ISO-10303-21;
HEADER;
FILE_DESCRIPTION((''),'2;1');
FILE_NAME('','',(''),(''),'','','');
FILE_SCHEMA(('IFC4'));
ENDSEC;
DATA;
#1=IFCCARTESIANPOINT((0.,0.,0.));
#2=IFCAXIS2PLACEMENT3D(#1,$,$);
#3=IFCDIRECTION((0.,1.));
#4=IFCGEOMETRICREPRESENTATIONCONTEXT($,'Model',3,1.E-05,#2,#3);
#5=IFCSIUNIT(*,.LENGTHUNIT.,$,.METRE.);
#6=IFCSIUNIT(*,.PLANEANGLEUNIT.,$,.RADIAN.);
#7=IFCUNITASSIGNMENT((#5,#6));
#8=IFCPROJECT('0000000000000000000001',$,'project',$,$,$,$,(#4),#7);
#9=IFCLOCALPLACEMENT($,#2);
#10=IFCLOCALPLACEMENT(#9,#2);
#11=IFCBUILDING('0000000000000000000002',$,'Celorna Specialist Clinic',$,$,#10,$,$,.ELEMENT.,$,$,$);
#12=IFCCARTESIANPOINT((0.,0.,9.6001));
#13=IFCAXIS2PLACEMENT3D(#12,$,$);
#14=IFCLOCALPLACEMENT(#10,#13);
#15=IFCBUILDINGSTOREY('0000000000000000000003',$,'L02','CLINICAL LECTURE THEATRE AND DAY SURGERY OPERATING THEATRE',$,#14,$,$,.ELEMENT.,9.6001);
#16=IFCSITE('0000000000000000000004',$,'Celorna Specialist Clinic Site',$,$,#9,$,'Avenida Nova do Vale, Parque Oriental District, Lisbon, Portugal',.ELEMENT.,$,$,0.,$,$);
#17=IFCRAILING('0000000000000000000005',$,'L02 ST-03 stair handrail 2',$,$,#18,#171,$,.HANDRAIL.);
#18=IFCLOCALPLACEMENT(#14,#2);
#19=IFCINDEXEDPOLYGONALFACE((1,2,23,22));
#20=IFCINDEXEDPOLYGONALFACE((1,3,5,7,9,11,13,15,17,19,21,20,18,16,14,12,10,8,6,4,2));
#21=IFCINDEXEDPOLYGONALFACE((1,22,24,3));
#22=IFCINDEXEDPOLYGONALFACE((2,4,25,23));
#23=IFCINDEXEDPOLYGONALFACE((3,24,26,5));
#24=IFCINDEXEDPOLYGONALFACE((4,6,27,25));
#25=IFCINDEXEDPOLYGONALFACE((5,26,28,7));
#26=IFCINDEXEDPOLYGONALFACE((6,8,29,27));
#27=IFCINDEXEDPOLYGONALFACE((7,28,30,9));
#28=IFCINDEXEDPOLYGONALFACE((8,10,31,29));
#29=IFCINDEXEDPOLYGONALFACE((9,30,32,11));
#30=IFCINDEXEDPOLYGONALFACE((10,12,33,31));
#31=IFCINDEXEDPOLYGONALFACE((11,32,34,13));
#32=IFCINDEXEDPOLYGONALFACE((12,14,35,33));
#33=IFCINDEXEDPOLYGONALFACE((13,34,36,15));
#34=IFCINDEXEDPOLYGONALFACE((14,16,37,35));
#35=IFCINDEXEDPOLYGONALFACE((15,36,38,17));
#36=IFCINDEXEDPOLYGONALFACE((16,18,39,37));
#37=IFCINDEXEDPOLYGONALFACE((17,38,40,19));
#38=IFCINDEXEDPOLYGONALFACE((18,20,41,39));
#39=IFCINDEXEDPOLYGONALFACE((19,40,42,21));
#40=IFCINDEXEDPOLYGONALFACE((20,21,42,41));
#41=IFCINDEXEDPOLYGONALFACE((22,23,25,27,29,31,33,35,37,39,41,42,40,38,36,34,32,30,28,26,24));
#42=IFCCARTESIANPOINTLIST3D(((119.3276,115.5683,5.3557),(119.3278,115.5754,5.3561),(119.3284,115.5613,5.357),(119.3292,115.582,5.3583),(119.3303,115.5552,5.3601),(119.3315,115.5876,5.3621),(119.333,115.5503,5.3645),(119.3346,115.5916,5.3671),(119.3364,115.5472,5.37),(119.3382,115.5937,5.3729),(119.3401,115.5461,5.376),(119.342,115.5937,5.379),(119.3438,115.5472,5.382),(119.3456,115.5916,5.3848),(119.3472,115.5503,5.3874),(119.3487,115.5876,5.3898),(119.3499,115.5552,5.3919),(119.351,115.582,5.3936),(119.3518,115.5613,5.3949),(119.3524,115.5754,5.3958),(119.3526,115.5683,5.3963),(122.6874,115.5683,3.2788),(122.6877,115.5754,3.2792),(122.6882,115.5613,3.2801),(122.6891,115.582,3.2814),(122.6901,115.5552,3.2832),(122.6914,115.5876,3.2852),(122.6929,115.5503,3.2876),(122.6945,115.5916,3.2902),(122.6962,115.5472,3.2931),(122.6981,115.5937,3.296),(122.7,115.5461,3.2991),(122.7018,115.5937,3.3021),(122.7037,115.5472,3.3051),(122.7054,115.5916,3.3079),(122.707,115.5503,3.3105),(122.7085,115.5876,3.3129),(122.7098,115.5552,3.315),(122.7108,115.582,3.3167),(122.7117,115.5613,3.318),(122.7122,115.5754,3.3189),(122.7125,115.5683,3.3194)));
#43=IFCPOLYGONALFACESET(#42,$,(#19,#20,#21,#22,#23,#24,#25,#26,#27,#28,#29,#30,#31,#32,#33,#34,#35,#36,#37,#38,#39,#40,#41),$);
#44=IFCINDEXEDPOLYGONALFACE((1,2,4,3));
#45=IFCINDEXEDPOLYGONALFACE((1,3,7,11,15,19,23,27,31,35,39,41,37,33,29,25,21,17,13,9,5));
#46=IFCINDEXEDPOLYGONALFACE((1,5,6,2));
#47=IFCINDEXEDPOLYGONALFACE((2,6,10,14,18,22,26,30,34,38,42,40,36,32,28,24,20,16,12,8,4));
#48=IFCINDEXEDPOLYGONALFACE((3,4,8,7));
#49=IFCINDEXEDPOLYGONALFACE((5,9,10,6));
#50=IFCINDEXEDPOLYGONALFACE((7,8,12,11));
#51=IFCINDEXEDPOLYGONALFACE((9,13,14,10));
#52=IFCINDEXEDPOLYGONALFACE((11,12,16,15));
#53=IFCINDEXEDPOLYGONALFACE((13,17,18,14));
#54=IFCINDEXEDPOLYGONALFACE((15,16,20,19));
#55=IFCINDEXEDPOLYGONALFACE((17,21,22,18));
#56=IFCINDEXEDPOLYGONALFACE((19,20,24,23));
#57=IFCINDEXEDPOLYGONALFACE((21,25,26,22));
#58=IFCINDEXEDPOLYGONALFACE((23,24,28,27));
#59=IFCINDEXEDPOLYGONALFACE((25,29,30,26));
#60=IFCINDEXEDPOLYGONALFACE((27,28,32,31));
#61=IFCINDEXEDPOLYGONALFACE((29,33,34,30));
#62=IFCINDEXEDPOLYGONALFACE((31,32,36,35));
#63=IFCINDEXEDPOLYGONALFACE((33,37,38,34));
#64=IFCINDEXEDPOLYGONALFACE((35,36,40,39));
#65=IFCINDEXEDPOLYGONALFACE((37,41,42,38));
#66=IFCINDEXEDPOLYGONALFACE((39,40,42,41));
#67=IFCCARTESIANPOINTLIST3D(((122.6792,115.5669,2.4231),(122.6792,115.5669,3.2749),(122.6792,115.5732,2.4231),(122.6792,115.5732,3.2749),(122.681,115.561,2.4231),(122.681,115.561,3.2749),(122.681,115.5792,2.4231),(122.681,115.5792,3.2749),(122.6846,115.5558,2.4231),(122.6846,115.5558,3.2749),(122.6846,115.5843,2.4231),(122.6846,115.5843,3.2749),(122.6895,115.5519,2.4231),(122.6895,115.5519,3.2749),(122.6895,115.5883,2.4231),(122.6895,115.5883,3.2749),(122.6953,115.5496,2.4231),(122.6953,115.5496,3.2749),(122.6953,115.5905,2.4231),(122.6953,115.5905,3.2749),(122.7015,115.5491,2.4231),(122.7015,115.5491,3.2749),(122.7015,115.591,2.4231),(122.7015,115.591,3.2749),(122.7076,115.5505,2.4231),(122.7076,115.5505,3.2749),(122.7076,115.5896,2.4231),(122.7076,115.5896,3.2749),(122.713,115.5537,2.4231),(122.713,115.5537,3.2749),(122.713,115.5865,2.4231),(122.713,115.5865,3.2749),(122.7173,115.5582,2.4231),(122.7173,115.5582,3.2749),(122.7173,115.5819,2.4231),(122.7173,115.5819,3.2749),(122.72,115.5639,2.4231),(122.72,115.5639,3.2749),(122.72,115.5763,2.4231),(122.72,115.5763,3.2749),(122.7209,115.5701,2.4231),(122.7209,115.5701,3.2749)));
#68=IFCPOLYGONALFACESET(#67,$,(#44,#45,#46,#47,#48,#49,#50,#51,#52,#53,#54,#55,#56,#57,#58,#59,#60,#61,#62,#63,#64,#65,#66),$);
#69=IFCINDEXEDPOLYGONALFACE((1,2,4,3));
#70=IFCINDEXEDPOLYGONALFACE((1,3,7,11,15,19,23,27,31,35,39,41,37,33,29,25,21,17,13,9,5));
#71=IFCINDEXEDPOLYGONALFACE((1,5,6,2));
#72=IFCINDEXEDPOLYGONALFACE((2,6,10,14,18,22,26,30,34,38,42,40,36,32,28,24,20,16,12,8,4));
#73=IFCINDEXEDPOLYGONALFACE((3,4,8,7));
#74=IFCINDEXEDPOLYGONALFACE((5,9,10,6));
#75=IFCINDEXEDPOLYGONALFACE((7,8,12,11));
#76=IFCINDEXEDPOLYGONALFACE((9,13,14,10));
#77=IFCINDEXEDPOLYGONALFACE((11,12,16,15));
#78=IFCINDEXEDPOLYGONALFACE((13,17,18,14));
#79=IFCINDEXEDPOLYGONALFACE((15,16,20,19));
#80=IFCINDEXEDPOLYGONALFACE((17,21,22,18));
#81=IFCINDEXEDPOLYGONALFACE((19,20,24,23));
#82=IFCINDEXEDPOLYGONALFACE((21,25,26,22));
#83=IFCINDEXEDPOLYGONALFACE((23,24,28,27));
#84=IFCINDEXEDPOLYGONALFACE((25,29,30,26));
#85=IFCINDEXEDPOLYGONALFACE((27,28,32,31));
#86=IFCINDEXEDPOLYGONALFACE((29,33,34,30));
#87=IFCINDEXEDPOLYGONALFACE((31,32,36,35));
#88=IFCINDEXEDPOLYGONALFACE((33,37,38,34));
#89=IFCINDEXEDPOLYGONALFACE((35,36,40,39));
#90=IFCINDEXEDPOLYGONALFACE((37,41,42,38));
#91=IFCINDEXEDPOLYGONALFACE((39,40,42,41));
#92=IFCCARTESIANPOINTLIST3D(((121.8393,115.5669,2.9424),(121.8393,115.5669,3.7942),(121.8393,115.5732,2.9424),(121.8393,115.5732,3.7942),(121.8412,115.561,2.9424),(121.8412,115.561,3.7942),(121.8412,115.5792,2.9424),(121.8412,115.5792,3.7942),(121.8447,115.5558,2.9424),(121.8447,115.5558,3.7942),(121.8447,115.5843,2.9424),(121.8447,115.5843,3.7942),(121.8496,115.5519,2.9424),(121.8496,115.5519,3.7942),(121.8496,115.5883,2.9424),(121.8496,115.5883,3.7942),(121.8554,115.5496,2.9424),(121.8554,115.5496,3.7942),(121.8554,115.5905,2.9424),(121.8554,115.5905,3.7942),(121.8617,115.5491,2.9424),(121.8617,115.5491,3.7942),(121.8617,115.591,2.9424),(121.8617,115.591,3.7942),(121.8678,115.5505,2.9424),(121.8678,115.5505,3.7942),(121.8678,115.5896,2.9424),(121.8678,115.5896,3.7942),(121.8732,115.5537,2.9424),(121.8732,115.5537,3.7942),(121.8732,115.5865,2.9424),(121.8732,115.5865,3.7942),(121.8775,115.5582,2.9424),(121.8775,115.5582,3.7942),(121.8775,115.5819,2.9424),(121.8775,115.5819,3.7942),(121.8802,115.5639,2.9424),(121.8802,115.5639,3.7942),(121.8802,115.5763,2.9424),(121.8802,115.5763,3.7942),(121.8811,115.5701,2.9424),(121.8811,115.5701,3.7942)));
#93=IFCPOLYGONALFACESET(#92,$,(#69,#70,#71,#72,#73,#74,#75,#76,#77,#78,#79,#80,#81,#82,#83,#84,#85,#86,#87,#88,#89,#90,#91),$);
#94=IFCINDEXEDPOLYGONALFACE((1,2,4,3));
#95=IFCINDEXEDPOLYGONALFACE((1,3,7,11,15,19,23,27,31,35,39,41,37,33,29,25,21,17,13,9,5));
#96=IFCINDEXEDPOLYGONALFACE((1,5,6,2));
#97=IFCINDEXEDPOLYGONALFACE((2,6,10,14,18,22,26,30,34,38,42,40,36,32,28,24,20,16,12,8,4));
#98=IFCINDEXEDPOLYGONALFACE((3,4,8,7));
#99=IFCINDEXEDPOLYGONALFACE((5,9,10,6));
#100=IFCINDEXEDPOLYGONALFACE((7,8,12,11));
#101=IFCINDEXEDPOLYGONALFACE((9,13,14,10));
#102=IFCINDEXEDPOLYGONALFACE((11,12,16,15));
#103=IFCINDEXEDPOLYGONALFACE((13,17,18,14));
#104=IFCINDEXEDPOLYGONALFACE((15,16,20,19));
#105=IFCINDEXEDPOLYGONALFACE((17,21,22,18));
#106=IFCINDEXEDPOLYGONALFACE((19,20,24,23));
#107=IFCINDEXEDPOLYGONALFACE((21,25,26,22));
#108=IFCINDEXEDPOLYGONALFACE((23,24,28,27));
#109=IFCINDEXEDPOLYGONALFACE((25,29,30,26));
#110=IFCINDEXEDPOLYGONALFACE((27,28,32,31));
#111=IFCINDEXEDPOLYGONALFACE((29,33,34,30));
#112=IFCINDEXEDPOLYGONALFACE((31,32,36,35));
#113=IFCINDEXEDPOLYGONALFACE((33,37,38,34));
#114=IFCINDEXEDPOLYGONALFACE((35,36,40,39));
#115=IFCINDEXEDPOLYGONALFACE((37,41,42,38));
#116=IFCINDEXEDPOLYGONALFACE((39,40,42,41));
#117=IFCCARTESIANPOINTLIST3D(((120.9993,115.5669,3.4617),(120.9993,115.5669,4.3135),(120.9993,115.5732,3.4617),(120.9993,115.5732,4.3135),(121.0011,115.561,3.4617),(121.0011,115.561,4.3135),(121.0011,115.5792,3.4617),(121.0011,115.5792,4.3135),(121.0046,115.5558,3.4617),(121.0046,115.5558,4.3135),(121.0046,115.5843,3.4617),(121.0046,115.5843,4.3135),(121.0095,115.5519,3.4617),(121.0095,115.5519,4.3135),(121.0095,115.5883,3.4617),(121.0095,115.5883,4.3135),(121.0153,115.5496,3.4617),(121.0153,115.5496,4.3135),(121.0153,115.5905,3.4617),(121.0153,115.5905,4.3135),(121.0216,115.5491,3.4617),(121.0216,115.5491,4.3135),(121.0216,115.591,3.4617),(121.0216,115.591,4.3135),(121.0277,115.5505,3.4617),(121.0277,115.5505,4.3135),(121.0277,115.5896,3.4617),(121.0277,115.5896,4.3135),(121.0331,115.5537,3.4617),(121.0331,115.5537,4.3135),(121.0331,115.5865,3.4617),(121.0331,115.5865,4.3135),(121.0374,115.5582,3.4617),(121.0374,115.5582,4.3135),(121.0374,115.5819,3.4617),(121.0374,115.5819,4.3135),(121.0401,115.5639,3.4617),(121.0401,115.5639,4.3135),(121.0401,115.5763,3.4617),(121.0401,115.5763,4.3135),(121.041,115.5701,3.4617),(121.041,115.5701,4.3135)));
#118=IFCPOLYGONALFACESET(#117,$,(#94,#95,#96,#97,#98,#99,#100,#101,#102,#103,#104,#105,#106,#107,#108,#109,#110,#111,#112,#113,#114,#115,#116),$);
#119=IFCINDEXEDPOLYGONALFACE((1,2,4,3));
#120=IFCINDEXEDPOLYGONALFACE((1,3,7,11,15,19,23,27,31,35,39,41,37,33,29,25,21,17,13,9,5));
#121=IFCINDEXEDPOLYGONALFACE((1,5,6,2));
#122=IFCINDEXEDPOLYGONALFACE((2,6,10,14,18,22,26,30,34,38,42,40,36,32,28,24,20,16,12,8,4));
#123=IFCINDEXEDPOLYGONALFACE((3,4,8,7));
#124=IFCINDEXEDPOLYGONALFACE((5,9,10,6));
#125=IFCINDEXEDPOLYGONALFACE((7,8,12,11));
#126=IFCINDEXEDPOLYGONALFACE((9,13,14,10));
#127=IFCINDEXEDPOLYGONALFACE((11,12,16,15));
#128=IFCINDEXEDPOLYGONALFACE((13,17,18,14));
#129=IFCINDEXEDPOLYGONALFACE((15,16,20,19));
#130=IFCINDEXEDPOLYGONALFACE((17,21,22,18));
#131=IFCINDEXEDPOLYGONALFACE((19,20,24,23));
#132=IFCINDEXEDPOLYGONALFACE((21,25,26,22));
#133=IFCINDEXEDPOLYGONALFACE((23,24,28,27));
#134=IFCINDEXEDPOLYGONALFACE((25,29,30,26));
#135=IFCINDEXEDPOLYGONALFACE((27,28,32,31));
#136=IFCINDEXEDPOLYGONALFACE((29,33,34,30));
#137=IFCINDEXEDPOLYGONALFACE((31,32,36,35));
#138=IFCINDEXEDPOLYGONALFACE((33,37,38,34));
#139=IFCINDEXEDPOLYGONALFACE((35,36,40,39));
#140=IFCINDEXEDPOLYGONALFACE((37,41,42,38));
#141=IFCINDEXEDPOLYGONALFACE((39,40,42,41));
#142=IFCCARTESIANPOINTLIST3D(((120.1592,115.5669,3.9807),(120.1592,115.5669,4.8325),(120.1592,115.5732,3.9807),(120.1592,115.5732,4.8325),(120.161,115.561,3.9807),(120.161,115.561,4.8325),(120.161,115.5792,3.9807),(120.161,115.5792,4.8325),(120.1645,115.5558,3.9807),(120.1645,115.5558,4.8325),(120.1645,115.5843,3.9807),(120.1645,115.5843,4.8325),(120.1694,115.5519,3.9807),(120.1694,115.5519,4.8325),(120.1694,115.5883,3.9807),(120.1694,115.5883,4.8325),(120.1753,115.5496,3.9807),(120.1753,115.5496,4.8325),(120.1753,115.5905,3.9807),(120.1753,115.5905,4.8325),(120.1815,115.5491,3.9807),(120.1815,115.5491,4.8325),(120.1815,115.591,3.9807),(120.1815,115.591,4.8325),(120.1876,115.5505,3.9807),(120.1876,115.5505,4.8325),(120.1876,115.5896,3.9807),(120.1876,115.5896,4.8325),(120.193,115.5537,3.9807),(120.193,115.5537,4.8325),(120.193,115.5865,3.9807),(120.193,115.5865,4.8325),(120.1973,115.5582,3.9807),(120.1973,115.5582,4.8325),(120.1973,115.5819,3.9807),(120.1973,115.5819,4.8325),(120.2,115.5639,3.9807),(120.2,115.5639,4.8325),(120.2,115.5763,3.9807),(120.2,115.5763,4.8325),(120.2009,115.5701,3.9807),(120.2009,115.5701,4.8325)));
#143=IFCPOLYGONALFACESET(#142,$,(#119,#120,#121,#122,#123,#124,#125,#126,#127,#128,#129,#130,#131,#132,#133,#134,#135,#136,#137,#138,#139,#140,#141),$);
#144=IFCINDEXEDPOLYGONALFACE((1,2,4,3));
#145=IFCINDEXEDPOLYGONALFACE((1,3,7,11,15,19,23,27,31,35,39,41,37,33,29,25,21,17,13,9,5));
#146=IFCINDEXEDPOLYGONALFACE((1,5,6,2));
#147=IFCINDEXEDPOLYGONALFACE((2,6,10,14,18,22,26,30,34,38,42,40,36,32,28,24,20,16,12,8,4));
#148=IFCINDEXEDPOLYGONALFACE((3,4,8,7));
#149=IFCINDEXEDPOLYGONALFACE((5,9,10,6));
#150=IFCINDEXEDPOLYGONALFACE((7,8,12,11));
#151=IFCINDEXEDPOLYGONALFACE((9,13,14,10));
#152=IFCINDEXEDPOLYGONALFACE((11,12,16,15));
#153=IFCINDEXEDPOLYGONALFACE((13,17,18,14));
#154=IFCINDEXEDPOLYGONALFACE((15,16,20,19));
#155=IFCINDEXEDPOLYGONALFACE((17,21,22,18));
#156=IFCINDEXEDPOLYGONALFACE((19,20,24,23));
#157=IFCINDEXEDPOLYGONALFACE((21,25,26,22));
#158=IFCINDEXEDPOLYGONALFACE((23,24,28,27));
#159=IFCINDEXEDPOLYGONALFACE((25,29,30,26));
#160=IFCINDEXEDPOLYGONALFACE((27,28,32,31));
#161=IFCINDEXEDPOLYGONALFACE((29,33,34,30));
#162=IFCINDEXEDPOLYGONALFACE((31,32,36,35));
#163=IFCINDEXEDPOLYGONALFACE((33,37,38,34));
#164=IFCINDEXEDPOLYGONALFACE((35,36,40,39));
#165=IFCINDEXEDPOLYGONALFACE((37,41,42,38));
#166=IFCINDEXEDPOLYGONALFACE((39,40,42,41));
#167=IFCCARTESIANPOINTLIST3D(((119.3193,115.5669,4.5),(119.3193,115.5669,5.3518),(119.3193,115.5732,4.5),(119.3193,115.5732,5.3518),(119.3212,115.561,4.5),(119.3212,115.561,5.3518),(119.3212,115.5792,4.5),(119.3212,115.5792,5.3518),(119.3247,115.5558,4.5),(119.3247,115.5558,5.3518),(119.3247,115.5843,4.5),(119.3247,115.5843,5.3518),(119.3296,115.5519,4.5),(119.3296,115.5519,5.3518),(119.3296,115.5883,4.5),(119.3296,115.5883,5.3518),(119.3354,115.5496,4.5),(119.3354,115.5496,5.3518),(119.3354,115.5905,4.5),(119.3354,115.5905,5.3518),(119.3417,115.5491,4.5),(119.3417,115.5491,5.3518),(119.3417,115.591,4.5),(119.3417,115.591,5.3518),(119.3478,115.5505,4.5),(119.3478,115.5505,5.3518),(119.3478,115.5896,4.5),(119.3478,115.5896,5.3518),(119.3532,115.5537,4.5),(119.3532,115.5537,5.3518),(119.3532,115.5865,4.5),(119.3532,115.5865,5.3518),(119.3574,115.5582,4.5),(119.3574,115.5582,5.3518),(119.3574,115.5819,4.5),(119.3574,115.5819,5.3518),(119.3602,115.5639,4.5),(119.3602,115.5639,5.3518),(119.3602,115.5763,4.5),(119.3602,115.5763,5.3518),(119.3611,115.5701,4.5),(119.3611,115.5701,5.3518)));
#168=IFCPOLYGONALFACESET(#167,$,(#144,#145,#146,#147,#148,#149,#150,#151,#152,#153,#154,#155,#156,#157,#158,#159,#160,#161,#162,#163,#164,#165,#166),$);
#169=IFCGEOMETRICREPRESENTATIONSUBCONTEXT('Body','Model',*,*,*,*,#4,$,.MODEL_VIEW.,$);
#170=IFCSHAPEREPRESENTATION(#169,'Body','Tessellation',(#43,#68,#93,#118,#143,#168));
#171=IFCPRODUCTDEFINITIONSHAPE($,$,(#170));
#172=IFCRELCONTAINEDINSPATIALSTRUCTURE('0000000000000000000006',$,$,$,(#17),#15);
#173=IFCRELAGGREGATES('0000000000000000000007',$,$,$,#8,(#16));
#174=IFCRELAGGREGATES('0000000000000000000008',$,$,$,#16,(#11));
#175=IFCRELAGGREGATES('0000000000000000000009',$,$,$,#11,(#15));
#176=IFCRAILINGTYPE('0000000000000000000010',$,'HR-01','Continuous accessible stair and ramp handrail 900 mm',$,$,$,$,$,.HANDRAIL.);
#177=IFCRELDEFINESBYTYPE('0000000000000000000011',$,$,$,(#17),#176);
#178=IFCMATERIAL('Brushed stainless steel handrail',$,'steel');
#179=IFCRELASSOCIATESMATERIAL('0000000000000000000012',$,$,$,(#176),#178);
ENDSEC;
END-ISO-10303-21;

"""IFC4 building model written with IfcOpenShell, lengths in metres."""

from ifc_helpers import new_model, si_unit, direction, frame, origin, origin_2d, place, context, subcontext, project, spatial, circle, extrude, material, type_object, element, save


model = new_model("IFC4")

# Units and contexts
model_context = context("Model", 3, precision=1e-05, world=origin(), true_north=direction((0.0, 1.0)))
body_context = subcontext(model_context, "Body", "Model", "MODEL_VIEW")
ifc_project = project(units=[si_unit("LENGTHUNIT", "METRE"), si_unit("PLANEANGLEUNIT", "RADIAN")], contexts=[model_context])

# Site, building, storey
site_placement = place(None, origin())
site = spatial("IfcSite", under=ifc_project, at=site_placement, Name="Celorna Specialist Clinic Site", LongName="Avenida Nova do Vale, Parque Oriental District, Lisbon, Portugal", CompositionType="ELEMENT", RefElevation=0.0)
building_placement = place(site_placement, origin())
building = spatial("IfcBuilding", under=site, at=building_placement, Name="Celorna Specialist Clinic", CompositionType="ELEMENT")
storey_placement = place(building_placement, frame((0.0, 0.0, 9.6001)))
storey = spatial("IfcBuildingStorey", under=building, at=storey_placement, Name="L02", Description="CLINICAL LECTURE THEATRE AND DAY SURGERY OPERATING THEATRE", CompositionType="ELEMENT", Elevation=9.6001)

# Railing
ifc_material_1 = material(Name="Brushed stainless steel handrail", Category="steel")
railing_type_1 = type_object("IfcRailingType", Name="HR-01", Description="Continuous accessible stair and ramp handrail 900 mm", PredefinedType="HANDRAIL", material=ifc_material_1)
railing_1_placement = place(storey_placement, frame((122.7, 115.5701, 2.4231)))
element("IfcRailing", 1, at=railing_1_placement, inside=storey, type_object=railing_type_1, Name="L02 ST-03 stair handrail 2", PredefinedType="HANDRAIL", context=body_context, shape_type="SweptSolid", body=[
    extrude(circle(Radius=0.0239, at=origin_2d()), frame((0.0, 0.0, 0.876), z_axis=(-0.850606, 0.0, 0.525803), x_axis=(0.0, -1.0, 0.0)), (0.0, 0.0, 1.0), 3.95),
    extrude(circle(Radius=0.021, at=origin_2d()), origin(), (0.0, 0.0, 1.0), 0.8518),
    extrude(circle(Radius=0.021, at=origin_2d()), frame((-0.8398, 0.0, 0.5193)), (0.0, 0.0, 1.0), 0.8518),
    extrude(circle(Radius=0.021, at=origin_2d()), frame((-1.6799, 0.0, 1.0386)), (0.0, 0.0, 1.0), 0.8518),
    extrude(circle(Radius=0.021, at=origin_2d()), frame((-2.52, 0.0, 1.5576)), (0.0, 0.0, 1.0), 0.8518),
    extrude(circle(Radius=0.021, at=origin_2d()), frame((-3.3599, 0.0, 2.0769)), (0.0, 0.0, 1.0), 0.8518),
])

save(model, "model.ifc")
